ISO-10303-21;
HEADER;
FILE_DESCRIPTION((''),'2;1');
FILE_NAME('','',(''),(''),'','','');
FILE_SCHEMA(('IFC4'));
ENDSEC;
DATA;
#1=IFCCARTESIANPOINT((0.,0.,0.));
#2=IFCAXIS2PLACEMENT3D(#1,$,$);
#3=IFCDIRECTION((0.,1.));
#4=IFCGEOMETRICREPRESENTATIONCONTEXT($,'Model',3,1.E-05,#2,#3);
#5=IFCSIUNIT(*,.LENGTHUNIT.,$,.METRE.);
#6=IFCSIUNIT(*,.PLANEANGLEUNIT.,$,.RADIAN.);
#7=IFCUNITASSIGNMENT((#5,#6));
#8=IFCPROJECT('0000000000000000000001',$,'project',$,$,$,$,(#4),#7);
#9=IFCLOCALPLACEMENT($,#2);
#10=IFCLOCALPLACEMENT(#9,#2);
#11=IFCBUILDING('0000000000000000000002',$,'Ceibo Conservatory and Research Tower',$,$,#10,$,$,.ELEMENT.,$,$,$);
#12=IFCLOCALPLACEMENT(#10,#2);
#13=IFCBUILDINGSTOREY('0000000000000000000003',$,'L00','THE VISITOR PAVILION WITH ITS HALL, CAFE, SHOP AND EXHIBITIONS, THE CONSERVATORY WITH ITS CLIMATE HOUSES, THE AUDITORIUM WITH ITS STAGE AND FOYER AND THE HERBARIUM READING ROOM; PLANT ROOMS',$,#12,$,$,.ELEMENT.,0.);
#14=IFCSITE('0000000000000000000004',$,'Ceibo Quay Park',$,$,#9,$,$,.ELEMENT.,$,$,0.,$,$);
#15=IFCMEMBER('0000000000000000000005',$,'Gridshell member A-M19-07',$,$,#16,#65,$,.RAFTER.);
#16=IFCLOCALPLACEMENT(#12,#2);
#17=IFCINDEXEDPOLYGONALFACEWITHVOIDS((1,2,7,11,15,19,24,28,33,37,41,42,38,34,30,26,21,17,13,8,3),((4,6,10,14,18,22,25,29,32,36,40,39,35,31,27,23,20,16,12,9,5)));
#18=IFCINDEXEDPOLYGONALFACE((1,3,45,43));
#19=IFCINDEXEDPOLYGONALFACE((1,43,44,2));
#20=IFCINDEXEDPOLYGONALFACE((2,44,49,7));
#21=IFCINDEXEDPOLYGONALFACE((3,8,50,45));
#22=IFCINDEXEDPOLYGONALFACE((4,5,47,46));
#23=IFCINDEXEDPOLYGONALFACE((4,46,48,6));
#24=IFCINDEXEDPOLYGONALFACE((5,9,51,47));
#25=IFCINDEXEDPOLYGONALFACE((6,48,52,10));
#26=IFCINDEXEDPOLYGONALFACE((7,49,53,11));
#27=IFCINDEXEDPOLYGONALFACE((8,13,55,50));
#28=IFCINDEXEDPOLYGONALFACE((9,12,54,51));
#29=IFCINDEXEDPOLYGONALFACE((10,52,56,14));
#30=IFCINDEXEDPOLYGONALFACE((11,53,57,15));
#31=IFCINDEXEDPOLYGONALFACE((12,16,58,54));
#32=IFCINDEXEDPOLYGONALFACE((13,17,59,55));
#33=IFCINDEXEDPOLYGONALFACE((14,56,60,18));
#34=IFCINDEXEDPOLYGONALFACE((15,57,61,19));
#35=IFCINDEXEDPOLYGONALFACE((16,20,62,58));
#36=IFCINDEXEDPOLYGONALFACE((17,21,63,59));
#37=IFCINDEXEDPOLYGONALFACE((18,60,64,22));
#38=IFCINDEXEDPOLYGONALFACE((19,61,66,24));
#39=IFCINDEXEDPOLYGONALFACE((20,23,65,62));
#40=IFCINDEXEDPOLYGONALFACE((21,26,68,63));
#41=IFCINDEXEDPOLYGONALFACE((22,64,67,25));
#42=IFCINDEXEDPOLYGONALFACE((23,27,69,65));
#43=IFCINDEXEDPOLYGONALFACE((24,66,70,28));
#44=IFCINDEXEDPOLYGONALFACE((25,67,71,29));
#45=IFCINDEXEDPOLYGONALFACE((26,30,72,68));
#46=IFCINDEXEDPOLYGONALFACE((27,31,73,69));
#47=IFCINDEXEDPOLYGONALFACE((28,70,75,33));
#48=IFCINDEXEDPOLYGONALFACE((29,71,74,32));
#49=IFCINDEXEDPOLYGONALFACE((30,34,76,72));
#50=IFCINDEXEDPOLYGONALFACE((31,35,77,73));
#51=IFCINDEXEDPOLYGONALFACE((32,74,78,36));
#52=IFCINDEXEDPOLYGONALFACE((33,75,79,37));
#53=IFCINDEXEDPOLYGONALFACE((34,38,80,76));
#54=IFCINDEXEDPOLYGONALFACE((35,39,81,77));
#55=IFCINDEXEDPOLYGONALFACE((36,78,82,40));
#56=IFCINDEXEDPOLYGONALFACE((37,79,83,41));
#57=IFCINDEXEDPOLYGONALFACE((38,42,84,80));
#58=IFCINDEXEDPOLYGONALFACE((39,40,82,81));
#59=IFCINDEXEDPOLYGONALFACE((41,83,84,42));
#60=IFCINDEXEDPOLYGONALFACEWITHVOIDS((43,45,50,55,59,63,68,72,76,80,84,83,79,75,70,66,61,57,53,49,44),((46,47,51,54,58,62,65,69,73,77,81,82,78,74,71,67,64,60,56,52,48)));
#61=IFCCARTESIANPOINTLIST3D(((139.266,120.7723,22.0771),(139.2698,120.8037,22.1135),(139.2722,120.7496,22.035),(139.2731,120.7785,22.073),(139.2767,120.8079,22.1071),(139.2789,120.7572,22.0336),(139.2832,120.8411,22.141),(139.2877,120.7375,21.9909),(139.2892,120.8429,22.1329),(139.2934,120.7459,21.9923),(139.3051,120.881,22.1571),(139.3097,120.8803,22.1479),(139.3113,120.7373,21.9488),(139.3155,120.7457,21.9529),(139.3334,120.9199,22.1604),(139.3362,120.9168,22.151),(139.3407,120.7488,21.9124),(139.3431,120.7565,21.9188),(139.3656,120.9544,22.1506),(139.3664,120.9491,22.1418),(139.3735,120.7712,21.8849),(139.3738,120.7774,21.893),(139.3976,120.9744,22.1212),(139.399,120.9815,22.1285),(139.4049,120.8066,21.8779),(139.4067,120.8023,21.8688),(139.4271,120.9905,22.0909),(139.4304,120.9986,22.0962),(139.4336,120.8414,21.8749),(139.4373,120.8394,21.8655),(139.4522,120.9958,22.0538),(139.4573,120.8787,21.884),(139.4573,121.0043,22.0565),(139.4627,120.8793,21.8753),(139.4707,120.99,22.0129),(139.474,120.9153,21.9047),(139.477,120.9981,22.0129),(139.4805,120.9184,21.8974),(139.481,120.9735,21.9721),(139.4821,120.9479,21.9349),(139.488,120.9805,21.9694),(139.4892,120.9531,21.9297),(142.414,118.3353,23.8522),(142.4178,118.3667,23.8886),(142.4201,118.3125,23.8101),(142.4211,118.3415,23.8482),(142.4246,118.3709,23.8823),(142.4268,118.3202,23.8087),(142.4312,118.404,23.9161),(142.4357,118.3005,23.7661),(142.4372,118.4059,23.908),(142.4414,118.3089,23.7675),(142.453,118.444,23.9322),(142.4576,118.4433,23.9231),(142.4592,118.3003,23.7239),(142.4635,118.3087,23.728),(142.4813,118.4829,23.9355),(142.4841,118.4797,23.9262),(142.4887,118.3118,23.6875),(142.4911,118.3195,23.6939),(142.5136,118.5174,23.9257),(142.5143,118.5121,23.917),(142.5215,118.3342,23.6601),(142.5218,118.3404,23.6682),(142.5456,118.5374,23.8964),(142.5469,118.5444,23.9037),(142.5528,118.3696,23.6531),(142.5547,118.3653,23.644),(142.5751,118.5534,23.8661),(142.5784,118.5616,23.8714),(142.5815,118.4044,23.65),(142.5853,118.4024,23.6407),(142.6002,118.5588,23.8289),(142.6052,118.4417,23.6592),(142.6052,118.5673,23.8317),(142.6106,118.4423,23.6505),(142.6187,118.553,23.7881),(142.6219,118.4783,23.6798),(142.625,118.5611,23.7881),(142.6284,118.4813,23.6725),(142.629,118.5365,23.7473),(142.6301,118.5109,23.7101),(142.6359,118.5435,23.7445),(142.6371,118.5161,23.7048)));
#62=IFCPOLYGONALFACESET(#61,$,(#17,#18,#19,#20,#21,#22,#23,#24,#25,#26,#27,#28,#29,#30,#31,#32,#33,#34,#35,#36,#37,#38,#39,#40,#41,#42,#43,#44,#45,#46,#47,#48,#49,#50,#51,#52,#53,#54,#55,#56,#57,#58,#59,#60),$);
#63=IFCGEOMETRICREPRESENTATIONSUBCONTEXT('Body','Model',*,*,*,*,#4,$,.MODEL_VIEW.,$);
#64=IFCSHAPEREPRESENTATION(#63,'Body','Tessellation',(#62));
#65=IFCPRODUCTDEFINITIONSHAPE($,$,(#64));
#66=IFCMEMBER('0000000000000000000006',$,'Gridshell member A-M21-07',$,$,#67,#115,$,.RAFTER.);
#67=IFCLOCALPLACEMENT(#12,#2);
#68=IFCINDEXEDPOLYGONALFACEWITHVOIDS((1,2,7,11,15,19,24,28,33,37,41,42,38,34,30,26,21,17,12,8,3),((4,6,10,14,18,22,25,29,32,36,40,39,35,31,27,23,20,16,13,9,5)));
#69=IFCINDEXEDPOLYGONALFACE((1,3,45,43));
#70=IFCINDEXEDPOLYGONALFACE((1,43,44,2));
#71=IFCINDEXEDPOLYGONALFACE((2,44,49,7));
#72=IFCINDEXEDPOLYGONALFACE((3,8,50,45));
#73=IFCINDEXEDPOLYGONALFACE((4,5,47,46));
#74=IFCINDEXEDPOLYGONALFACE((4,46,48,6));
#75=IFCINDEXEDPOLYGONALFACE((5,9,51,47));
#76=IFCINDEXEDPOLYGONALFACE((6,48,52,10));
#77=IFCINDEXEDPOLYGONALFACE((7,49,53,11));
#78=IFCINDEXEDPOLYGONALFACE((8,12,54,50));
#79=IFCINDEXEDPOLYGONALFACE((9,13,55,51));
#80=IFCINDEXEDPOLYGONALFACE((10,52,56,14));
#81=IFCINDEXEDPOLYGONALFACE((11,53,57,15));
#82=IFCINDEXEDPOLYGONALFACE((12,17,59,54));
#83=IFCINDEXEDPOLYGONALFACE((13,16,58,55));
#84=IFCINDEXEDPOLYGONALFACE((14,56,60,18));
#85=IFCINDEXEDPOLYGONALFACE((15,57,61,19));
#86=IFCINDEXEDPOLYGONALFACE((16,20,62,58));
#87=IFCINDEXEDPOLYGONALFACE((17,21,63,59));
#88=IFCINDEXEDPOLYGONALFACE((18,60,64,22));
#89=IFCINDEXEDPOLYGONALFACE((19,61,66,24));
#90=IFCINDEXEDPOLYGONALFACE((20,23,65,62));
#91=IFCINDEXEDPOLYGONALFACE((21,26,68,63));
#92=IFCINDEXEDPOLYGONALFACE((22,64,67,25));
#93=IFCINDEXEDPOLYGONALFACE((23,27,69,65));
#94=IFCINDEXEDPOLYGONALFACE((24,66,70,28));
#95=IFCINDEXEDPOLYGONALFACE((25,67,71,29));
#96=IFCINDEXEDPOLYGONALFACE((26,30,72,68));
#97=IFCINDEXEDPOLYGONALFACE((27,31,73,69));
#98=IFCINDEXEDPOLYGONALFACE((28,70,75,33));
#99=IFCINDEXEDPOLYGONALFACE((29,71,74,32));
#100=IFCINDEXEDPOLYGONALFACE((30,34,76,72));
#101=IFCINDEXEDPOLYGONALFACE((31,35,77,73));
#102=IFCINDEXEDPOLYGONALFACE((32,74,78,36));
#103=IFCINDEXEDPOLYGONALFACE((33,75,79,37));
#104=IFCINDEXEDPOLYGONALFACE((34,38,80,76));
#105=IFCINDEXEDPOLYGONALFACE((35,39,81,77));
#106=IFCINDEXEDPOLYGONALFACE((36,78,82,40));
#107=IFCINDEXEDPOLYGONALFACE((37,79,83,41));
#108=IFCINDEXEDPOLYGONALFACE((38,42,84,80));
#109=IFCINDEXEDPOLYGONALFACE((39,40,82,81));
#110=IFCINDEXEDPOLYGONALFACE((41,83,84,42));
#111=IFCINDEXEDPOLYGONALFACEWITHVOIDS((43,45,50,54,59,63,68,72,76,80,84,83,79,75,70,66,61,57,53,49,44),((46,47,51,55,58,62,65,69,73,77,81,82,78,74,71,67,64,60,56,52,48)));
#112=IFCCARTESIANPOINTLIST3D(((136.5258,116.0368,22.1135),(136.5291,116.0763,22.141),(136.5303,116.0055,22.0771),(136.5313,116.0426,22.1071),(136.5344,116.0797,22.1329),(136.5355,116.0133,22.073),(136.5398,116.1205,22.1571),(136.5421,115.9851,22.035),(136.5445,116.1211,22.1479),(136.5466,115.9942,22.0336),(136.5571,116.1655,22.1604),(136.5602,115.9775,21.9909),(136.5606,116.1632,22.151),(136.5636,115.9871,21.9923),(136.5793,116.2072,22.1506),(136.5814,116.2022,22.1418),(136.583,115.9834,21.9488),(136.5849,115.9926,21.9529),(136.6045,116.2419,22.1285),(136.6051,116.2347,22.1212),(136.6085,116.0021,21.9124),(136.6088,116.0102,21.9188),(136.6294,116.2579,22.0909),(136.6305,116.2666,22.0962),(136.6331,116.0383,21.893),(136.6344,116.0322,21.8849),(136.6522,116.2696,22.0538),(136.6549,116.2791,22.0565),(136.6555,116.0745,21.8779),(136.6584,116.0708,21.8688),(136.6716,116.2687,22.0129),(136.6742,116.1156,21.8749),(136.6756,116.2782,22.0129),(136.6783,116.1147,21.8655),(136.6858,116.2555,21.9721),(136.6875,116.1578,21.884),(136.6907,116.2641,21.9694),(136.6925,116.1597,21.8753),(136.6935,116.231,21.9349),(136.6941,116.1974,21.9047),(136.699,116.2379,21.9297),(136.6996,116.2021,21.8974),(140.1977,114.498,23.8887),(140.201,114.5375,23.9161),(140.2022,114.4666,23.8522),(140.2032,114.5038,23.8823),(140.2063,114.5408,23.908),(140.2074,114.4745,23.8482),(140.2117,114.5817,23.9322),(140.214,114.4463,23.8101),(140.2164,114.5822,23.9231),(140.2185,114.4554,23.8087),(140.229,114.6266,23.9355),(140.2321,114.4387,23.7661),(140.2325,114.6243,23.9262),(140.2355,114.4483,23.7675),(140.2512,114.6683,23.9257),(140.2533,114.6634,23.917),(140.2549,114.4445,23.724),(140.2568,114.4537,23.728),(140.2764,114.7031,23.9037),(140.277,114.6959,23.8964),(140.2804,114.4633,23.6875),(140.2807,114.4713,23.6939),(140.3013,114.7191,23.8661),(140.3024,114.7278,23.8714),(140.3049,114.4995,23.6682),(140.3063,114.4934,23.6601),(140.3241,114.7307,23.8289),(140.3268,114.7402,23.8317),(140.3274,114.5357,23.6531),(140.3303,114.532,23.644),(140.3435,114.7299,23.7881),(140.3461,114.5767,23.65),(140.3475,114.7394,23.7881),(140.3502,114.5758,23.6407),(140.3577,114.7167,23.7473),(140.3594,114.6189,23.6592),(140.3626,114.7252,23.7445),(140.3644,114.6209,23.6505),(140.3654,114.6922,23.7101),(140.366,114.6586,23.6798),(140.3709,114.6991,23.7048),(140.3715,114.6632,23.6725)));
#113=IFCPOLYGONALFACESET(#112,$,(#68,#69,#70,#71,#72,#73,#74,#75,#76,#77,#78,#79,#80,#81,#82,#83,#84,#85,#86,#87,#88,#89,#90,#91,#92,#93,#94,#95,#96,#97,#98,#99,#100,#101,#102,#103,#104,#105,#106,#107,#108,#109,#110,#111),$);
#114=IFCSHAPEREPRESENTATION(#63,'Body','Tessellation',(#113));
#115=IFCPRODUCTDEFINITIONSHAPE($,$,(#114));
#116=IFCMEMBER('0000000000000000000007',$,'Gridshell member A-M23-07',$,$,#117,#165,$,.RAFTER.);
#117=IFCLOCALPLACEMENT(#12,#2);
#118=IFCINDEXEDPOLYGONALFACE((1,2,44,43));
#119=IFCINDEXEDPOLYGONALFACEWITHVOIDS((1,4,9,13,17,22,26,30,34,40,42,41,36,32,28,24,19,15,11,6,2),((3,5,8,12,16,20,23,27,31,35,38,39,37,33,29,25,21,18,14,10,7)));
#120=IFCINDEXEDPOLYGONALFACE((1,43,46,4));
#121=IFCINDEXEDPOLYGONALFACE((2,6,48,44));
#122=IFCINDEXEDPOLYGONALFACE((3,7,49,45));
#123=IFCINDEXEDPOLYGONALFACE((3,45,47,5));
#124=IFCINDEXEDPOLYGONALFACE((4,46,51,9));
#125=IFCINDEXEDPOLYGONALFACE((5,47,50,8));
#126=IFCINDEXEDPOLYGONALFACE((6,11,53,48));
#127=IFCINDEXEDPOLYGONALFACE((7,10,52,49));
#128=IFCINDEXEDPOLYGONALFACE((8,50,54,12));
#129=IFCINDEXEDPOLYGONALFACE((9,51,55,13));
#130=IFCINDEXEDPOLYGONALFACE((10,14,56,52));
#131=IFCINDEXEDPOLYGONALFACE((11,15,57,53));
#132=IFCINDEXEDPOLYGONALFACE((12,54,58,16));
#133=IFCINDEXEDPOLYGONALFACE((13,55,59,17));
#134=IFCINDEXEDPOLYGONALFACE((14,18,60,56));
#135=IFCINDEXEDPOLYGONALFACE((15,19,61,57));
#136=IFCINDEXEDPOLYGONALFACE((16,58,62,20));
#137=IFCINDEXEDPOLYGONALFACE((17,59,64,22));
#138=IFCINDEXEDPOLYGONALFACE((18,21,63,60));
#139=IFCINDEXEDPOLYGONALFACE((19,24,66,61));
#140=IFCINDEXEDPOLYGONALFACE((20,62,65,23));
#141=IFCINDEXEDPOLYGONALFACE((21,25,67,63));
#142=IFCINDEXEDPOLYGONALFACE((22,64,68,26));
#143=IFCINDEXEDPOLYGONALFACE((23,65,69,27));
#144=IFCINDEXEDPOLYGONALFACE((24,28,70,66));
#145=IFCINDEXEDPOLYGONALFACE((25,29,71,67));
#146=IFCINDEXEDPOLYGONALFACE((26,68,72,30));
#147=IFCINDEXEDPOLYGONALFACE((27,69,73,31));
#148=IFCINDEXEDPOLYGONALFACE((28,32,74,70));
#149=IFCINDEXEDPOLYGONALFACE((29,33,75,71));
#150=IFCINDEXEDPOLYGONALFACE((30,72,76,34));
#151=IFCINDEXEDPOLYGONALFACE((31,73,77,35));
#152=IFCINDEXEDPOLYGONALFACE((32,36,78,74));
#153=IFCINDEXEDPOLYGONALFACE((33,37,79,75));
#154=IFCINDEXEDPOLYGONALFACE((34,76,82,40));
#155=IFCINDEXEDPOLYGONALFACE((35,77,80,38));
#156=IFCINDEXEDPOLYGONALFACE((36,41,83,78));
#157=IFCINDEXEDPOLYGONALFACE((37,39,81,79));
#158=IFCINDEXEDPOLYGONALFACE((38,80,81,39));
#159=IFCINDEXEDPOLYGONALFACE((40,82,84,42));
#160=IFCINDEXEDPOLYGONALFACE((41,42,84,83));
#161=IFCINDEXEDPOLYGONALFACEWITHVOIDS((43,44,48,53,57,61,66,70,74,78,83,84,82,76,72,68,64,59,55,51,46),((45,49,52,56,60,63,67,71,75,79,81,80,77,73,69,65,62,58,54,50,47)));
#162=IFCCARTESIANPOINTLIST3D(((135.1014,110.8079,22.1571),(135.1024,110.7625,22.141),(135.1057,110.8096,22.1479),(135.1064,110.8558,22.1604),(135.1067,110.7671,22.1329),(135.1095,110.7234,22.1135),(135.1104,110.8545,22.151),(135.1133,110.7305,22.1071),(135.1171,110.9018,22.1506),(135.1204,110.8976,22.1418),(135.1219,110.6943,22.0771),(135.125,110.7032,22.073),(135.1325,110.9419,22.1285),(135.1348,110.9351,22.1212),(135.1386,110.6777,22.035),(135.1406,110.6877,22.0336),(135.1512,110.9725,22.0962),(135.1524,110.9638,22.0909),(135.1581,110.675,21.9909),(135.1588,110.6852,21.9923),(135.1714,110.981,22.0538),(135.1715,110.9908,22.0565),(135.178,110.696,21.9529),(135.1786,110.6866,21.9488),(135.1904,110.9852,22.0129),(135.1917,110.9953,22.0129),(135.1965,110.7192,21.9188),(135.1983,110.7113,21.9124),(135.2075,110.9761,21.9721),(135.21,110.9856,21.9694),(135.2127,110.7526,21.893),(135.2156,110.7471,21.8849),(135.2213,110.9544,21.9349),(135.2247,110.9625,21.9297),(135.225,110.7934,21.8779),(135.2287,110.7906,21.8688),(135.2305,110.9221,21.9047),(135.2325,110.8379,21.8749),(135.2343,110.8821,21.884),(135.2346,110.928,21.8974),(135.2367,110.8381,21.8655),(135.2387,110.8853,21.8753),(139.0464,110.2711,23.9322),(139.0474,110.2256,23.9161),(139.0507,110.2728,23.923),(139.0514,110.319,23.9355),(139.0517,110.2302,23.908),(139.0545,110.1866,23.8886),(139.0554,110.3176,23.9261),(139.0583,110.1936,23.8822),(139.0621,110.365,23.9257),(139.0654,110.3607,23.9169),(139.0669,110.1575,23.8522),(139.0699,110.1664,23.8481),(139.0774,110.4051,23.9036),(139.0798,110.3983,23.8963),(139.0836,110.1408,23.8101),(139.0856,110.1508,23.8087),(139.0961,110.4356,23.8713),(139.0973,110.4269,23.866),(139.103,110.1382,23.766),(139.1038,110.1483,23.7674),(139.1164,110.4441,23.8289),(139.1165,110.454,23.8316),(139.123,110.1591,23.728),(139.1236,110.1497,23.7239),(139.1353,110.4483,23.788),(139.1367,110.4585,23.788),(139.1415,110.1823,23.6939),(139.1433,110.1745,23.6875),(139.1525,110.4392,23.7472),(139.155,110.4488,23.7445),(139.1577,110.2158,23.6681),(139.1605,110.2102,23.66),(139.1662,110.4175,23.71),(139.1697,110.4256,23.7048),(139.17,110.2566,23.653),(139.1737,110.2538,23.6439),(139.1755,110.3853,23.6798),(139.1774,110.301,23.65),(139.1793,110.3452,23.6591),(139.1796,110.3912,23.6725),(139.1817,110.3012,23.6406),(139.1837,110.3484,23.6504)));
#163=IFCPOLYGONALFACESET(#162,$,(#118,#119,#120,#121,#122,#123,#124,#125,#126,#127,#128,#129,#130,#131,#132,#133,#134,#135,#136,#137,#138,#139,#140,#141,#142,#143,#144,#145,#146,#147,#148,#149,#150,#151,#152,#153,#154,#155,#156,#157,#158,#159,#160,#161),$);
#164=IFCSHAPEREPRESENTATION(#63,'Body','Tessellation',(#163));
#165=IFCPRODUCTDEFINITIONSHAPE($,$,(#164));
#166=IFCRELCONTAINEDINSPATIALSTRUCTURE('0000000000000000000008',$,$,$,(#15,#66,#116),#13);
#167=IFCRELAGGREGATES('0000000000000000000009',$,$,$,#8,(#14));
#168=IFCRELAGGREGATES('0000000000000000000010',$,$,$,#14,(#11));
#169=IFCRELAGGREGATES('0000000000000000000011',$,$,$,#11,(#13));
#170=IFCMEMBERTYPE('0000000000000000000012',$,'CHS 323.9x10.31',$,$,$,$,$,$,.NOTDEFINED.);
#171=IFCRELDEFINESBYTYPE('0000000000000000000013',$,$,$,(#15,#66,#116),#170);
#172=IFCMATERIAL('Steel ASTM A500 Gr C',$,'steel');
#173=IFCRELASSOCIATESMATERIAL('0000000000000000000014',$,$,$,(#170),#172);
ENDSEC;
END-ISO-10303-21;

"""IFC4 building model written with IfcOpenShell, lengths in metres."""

from ifc_helpers import new_model, si_unit, direction, frame, origin, origin_2d, place, context, subcontext, project, spatial, hollow_circle, extrude, material, material_profile, profile_set, type_object, element, save


model = new_model("IFC4")

# Units and contexts
model_context = context("Model", 3, precision=1e-05, world=origin(), true_north=direction((0.0, 1.0)))
body_context = subcontext(model_context, "Body", "Model", "MODEL_VIEW")
ifc_project = project(units=[si_unit("LENGTHUNIT", "METRE"), si_unit("PLANEANGLEUNIT", "RADIAN")], contexts=[model_context])

# Site, building, storey
site_placement = place(None, origin())
site = spatial("IfcSite", under=ifc_project, at=site_placement, Name="Ceibo Quay Park", CompositionType="ELEMENT", RefElevation=0.0)
building_placement = place(site_placement, origin())
building = spatial("IfcBuilding", under=site, at=building_placement, Name="Ceibo Conservatory and Research Tower", CompositionType="ELEMENT")
storey_placement = place(building_placement, origin())
storey = spatial("IfcBuildingStorey", under=building, at=storey_placement, Name="L00", Description="THE VISITOR PAVILION WITH ITS HALL, CAFE, SHOP AND EXHIBITIONS, THE CONSERVATORY WITH ITS CLIMATE HOUSES, THE AUDITORIUM WITH ITS STAGE AND FOYER AND THE HERBARIUM READING ROOM; PLANT ROOMS", CompositionType="ELEMENT", Elevation=0.0)

# Members
ifc_material_1 = material(Name="Steel ASTM A500 Gr C", Category="steel")
ifc_material_profile_1 = material_profile(ifc_material_1, hollow_circle(Radius=0.1619, WallThickness=0.0103, at=origin_2d()), Name="CHS 323.9x10.31")
ifc_profile_set_1 = profile_set([ifc_material_profile_1], Name="Steel ASTM A500 Gr C")
member_type_1 = type_object("IfcMemberType", Name="CHS 323.9x10.31", PredefinedType="NOTDEFINED", material=ifc_profile_set_1)
member_1_placement = place(storey_placement, frame((139.3779, 120.8701, 22.0129), z_axis=(0.722194, -0.559092, 0.407249), x_axis=(0.612156, 0.790737, 0.0)))
element("IfcMember", 1, at=member_1_placement, inside=storey, type_object=member_type_1, Name="Gridshell member A-M19-07", PredefinedType="RAFTER", context=body_context, shape_type="SweptSolid", body=[
    extrude(hollow_circle(Radius=0.1619, WallThickness=0.0103, at=origin_2d()), origin(), (0.0, 0.0, 1.0), 4.3589),
])
for number, where, z_axis, x_axis, name in (
    (2, (136.613, 116.1289, 22.0129), (0.842347, -0.353013, 0.407228), (0.386513, 0.922284, 0.0), "Gridshell member A-M21-07"),
    (3, (135.1699, 110.835, 22.0129), (0.904991, -0.123156, 0.407215), (0.134842, 0.990867, 0.0), "Gridshell member A-M23-07"),
):
    element("IfcMember", number, at=place(storey_placement, frame(where, z_axis=z_axis, x_axis=x_axis)), inside=storey, type_object=member_type_1, Name=name, PredefinedType="RAFTER", context=body_context, shape_type="SweptSolid", body=[
        extrude(hollow_circle(Radius=0.1619, WallThickness=0.0103, at=origin_2d()), origin(), (0.0, 0.0, 1.0), 4.3591),
    ])

save(model, "model.ifc")
